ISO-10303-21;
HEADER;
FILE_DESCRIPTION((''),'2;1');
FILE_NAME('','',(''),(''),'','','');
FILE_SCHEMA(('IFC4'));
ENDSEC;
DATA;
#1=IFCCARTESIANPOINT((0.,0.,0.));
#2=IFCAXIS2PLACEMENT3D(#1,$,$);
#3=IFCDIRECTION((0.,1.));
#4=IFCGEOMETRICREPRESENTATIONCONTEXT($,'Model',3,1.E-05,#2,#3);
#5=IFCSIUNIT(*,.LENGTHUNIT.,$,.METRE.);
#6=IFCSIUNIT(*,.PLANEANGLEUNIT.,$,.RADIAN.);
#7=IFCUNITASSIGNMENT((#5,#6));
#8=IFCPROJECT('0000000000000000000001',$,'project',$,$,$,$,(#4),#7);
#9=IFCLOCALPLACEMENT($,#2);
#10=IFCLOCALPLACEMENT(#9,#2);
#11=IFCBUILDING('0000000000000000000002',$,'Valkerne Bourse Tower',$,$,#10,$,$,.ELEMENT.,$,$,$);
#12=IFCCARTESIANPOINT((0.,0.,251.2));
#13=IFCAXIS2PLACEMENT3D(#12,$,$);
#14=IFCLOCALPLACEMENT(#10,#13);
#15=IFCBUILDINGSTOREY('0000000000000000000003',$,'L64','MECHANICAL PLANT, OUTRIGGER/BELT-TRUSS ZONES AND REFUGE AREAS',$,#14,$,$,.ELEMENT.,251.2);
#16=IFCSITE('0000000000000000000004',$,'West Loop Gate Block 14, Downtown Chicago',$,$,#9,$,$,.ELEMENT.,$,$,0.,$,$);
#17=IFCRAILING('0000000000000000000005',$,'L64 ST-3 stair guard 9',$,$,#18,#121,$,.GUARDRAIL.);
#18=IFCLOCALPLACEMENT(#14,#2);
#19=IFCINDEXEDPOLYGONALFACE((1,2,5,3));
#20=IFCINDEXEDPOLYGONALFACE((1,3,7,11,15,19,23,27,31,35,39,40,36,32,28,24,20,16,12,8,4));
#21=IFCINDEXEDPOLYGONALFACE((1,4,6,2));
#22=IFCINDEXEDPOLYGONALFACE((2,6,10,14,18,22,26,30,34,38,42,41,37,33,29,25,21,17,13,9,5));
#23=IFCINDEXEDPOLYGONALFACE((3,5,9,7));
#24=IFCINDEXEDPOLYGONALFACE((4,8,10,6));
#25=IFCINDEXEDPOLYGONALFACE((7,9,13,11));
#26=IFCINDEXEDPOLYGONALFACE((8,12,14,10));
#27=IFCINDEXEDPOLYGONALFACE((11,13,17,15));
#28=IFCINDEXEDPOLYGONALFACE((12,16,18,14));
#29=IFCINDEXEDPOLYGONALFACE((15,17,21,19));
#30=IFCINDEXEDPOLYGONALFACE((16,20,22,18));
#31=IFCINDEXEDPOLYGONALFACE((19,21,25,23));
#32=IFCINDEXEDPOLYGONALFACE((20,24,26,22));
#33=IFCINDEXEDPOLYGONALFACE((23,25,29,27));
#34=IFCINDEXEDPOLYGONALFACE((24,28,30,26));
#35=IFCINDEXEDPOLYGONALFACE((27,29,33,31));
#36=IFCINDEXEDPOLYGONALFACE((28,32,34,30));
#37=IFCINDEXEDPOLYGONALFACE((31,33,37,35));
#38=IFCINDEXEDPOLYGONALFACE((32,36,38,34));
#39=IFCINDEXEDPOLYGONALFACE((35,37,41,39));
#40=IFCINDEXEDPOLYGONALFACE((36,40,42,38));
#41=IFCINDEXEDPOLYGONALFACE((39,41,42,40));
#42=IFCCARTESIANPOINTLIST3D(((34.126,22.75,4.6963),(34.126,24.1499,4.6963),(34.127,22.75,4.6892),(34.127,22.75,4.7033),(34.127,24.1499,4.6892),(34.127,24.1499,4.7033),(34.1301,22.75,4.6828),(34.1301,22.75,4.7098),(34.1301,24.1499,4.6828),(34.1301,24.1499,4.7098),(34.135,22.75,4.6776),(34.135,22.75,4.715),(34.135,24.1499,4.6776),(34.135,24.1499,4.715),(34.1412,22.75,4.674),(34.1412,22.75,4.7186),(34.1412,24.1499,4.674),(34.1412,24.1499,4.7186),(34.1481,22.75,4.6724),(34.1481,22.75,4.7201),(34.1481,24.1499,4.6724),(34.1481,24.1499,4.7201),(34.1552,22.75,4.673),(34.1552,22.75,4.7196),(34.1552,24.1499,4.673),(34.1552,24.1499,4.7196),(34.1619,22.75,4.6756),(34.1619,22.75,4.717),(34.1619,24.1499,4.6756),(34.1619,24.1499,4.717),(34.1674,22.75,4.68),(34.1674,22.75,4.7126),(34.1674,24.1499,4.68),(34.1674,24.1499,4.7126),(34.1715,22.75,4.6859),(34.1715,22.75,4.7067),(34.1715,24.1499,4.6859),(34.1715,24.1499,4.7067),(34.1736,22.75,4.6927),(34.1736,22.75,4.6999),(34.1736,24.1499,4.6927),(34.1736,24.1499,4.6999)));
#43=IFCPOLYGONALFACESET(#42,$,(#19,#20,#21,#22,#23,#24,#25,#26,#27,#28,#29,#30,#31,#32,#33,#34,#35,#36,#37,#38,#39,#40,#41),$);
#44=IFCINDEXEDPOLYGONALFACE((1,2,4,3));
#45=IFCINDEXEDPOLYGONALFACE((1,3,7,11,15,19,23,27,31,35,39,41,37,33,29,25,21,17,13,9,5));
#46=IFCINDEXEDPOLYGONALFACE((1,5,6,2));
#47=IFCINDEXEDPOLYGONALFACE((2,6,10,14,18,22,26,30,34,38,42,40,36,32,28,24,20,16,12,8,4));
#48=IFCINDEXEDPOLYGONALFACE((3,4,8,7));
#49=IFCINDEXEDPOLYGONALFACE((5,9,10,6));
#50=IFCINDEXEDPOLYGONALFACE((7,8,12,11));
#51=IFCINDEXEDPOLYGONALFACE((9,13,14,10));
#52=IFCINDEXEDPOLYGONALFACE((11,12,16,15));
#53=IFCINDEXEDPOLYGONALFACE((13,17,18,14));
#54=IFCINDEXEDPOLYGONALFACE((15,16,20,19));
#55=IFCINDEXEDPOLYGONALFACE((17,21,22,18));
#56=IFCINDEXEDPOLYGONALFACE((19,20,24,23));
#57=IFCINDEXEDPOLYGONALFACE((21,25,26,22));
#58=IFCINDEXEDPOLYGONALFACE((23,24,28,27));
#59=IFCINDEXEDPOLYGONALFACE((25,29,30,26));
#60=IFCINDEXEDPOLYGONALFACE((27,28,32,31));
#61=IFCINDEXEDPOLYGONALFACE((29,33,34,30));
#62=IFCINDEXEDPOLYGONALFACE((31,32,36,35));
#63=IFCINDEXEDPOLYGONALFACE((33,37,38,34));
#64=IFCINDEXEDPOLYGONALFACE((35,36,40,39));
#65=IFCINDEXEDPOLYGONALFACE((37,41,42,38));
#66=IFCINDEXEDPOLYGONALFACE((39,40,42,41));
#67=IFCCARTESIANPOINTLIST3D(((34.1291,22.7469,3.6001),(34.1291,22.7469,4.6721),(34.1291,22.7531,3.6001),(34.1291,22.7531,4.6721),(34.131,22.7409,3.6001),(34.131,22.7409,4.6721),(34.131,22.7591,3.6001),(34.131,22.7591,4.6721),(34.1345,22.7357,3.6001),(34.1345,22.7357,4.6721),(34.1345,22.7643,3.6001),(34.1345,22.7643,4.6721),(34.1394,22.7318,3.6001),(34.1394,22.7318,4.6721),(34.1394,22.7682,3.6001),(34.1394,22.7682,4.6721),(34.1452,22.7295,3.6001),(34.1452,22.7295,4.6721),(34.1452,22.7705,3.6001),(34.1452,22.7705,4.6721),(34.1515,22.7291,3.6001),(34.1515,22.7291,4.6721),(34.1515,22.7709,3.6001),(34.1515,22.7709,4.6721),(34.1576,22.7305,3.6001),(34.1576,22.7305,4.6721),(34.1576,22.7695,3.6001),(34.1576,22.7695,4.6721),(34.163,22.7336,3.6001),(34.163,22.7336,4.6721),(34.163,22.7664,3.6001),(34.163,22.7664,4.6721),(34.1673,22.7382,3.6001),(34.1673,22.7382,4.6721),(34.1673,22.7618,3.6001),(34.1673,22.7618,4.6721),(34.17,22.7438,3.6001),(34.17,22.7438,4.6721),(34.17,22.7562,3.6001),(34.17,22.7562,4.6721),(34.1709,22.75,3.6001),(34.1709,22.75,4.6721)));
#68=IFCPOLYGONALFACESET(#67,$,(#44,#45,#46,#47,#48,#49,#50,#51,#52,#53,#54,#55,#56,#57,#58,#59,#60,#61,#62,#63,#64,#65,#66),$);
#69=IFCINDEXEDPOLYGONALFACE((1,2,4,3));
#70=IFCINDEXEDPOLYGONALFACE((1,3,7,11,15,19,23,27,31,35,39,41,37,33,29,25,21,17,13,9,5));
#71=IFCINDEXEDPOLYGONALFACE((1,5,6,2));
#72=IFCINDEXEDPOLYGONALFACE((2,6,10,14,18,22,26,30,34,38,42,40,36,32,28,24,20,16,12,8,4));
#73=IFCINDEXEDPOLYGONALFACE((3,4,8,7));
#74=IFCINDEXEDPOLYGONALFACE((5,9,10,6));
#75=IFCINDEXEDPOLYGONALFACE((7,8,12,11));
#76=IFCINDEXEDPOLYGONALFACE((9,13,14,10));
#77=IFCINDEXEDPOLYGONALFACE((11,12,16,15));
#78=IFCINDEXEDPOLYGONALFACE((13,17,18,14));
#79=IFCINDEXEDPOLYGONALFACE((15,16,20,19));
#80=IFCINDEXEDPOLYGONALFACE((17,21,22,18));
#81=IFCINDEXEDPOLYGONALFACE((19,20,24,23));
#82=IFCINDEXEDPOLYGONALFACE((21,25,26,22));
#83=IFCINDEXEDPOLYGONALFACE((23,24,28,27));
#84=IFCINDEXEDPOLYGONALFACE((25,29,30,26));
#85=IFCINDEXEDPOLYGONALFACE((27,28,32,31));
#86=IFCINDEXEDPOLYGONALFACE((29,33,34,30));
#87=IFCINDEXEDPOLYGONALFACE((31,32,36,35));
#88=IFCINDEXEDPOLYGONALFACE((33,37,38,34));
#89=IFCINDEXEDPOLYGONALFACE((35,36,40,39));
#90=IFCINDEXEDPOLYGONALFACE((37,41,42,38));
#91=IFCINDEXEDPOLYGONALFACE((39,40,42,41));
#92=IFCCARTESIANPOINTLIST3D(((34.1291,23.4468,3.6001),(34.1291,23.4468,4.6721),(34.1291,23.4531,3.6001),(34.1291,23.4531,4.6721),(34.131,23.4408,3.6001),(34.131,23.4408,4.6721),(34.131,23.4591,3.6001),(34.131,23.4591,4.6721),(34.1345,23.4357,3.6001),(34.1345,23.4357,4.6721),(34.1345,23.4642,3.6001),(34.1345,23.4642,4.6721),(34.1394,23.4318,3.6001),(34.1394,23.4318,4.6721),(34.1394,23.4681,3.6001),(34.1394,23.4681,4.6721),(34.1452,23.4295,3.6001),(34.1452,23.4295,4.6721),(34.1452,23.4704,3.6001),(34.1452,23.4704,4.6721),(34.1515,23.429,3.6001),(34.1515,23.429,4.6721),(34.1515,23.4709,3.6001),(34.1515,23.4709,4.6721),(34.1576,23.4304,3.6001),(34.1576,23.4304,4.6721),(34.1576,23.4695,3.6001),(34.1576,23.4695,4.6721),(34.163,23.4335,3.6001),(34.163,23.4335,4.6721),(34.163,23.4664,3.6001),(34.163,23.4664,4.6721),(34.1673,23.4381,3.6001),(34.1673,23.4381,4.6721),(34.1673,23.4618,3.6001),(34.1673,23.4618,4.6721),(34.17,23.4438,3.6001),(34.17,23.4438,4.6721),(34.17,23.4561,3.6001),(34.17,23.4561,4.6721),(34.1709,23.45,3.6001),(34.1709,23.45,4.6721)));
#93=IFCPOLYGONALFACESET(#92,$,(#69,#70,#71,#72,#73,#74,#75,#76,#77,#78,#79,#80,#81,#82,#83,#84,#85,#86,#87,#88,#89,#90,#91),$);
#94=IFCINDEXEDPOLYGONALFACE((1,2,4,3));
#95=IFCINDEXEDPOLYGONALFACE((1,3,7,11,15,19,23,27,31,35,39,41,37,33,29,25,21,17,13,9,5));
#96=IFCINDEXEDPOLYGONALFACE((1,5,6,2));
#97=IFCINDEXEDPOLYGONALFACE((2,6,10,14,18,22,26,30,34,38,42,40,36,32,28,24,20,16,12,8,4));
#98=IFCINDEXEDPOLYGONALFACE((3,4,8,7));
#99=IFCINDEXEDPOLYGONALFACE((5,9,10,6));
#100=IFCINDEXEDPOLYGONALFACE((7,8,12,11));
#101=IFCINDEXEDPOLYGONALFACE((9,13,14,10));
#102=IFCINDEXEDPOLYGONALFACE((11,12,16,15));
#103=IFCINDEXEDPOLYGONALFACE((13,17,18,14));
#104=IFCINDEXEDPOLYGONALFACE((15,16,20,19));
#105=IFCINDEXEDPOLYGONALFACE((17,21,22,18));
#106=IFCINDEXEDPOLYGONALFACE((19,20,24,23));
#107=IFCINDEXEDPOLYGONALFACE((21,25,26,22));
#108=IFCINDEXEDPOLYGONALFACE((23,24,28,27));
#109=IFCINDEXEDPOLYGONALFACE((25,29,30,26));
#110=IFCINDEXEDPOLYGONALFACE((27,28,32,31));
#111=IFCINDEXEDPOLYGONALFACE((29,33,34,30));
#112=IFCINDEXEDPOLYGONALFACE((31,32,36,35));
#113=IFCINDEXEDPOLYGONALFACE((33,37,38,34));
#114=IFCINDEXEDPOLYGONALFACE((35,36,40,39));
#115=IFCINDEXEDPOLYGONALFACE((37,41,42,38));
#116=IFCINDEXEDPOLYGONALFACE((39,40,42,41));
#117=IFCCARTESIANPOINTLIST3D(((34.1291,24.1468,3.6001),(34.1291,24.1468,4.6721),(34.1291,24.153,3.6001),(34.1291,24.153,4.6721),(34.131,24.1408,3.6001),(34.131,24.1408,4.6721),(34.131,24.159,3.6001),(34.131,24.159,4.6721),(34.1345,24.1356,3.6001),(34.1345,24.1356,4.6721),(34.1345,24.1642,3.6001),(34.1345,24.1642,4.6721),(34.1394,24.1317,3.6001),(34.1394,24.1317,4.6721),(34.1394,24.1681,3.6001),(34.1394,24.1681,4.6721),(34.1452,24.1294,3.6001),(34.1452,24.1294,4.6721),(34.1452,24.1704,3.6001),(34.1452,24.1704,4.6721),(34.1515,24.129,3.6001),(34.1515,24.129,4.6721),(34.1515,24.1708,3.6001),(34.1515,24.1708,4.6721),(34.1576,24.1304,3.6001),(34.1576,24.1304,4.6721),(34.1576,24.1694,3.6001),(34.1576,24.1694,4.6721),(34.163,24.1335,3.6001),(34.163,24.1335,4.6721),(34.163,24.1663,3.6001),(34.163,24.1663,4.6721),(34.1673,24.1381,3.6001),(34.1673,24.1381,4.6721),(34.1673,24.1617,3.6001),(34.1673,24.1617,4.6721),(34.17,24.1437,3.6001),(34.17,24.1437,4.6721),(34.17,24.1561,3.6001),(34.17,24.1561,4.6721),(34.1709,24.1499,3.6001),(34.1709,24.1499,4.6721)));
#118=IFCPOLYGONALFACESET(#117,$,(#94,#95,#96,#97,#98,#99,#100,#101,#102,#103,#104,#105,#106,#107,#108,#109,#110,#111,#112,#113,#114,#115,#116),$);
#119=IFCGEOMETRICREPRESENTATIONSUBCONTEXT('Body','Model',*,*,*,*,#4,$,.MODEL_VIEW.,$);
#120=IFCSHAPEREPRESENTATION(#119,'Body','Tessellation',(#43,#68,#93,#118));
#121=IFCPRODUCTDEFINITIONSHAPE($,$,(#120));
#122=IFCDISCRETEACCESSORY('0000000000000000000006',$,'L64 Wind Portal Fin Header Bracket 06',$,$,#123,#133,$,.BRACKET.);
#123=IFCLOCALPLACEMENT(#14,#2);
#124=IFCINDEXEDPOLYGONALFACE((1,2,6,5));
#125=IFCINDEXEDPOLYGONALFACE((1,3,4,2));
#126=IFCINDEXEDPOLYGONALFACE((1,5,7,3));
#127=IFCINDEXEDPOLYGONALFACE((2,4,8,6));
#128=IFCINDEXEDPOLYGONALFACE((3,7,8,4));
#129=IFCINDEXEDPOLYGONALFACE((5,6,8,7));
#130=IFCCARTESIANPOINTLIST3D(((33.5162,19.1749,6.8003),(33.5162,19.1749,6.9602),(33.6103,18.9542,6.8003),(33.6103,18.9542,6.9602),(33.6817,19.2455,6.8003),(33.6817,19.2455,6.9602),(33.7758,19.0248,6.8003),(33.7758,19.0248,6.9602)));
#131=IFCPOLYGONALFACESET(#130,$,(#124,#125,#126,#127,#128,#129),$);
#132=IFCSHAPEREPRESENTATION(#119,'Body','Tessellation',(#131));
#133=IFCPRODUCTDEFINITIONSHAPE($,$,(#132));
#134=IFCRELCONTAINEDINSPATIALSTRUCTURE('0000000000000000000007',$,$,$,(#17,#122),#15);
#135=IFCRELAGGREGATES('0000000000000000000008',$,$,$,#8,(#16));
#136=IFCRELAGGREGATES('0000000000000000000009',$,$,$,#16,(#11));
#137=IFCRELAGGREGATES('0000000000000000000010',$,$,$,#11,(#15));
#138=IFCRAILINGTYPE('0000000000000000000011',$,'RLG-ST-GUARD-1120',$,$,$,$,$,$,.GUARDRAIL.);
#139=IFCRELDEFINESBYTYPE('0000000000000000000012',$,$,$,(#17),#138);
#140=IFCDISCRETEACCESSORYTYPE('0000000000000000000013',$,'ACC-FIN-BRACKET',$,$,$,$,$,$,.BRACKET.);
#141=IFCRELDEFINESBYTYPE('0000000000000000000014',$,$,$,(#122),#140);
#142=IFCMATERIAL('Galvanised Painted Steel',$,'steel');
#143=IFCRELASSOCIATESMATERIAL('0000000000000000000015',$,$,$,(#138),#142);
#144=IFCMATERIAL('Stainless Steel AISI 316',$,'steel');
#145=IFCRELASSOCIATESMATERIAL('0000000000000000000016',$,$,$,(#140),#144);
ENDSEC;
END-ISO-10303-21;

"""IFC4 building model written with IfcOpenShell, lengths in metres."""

from ifc_helpers import new_model, si_unit, direction, frame, origin, origin_2d, place, context, subcontext, project, spatial, rectangle, circle, extrude, material, type_object, element, save


model = new_model("IFC4")

# Units and contexts
model_context = context("Model", 3, precision=1e-05, world=origin(), true_north=direction((0.0, 1.0)))
body_context = subcontext(model_context, "Body", "Model", "MODEL_VIEW")
ifc_project = project(units=[si_unit("LENGTHUNIT", "METRE"), si_unit("PLANEANGLEUNIT", "RADIAN")], contexts=[model_context])

# Site, building, storey
site_placement = place(None, origin())
site = spatial("IfcSite", under=ifc_project, at=site_placement, Name="West Loop Gate Block 14, Downtown Chicago", CompositionType="ELEMENT", RefElevation=0.0)
building_placement = place(site_placement, origin())
building = spatial("IfcBuilding", under=site, at=building_placement, Name="Valkerne Bourse Tower", CompositionType="ELEMENT")
storey_placement = place(building_placement, frame((0.0, 0.0, 251.2)))
storey = spatial("IfcBuildingStorey", under=building, at=storey_placement, Name="L64", Description="MECHANICAL PLANT, OUTRIGGER/BELT-TRUSS ZONES AND REFUGE AREAS", CompositionType="ELEMENT", Elevation=251.2)

# Shared definitions
ifc_material_1 = material(Name="Galvanised Painted Steel", Category="steel")

# Railing
ifc_material_2 = material(Name="Stainless Steel AISI 316", Category="steel")
railing_type_1 = type_object("IfcRailingType", Name="RLG-ST-GUARD-1120", PredefinedType="GUARDRAIL", material=ifc_material_1)
railing_1_placement = place(storey_placement, frame((34.1499, 22.75, 3.6001)))
element("IfcRailing", 1, at=railing_1_placement, inside=storey, type_object=railing_type_1, Name="L64 ST-3 stair guard 9", PredefinedType="GUARDRAIL", context=body_context, shape_type="SweptSolid", body=[
    extrude(circle(Radius=0.0239, at=origin_2d()), frame((0.0, 0.0, 1.0962), z_axis=(0.0, 1.0, 0.0), x_axis=(-1.0, 0.0, 0.0)), (0.0, 0.0, 1.0), 1.3999),
    extrude(circle(Radius=0.021, at=origin_2d()), origin(), (0.0, 0.0, 1.0), 1.072),
    extrude(circle(Radius=0.021, at=origin_2d()), frame((0.0, 0.7, 0.0)), (0.0, 0.0, 1.0), 1.072),
    extrude(circle(Radius=0.021, at=origin_2d()), frame((0.0, 1.3999, 0.0)), (0.0, 0.0, 1.0), 1.072),
])

# Discrete accessory
discrete_accessory_type = type_object("IfcDiscreteAccessoryType", Name="ACC-FIN-BRACKET", PredefinedType="BRACKET", material=ifc_material_2)
discrete_accessory_placement = place(storey_placement, frame((33.646, 19.0999, 6.8003), z_axis=(0.0, 0.0, 1.0), x_axis=(0.392337, -0.919821, 0.0)))
element("IfcDiscreteAccessory", 2, at=discrete_accessory_placement, inside=storey, type_object=discrete_accessory_type, Name="L64 Wind Portal Fin Header Bracket 06", PredefinedType="BRACKET", context=body_context, shape_type="SweptSolid", body=[
    extrude(rectangle(XDim=0.24, YDim=0.1799, at=origin_2d()), origin(), (0.0, 0.0, 1.0), 0.1599),
])

save(model, "model.ifc")
